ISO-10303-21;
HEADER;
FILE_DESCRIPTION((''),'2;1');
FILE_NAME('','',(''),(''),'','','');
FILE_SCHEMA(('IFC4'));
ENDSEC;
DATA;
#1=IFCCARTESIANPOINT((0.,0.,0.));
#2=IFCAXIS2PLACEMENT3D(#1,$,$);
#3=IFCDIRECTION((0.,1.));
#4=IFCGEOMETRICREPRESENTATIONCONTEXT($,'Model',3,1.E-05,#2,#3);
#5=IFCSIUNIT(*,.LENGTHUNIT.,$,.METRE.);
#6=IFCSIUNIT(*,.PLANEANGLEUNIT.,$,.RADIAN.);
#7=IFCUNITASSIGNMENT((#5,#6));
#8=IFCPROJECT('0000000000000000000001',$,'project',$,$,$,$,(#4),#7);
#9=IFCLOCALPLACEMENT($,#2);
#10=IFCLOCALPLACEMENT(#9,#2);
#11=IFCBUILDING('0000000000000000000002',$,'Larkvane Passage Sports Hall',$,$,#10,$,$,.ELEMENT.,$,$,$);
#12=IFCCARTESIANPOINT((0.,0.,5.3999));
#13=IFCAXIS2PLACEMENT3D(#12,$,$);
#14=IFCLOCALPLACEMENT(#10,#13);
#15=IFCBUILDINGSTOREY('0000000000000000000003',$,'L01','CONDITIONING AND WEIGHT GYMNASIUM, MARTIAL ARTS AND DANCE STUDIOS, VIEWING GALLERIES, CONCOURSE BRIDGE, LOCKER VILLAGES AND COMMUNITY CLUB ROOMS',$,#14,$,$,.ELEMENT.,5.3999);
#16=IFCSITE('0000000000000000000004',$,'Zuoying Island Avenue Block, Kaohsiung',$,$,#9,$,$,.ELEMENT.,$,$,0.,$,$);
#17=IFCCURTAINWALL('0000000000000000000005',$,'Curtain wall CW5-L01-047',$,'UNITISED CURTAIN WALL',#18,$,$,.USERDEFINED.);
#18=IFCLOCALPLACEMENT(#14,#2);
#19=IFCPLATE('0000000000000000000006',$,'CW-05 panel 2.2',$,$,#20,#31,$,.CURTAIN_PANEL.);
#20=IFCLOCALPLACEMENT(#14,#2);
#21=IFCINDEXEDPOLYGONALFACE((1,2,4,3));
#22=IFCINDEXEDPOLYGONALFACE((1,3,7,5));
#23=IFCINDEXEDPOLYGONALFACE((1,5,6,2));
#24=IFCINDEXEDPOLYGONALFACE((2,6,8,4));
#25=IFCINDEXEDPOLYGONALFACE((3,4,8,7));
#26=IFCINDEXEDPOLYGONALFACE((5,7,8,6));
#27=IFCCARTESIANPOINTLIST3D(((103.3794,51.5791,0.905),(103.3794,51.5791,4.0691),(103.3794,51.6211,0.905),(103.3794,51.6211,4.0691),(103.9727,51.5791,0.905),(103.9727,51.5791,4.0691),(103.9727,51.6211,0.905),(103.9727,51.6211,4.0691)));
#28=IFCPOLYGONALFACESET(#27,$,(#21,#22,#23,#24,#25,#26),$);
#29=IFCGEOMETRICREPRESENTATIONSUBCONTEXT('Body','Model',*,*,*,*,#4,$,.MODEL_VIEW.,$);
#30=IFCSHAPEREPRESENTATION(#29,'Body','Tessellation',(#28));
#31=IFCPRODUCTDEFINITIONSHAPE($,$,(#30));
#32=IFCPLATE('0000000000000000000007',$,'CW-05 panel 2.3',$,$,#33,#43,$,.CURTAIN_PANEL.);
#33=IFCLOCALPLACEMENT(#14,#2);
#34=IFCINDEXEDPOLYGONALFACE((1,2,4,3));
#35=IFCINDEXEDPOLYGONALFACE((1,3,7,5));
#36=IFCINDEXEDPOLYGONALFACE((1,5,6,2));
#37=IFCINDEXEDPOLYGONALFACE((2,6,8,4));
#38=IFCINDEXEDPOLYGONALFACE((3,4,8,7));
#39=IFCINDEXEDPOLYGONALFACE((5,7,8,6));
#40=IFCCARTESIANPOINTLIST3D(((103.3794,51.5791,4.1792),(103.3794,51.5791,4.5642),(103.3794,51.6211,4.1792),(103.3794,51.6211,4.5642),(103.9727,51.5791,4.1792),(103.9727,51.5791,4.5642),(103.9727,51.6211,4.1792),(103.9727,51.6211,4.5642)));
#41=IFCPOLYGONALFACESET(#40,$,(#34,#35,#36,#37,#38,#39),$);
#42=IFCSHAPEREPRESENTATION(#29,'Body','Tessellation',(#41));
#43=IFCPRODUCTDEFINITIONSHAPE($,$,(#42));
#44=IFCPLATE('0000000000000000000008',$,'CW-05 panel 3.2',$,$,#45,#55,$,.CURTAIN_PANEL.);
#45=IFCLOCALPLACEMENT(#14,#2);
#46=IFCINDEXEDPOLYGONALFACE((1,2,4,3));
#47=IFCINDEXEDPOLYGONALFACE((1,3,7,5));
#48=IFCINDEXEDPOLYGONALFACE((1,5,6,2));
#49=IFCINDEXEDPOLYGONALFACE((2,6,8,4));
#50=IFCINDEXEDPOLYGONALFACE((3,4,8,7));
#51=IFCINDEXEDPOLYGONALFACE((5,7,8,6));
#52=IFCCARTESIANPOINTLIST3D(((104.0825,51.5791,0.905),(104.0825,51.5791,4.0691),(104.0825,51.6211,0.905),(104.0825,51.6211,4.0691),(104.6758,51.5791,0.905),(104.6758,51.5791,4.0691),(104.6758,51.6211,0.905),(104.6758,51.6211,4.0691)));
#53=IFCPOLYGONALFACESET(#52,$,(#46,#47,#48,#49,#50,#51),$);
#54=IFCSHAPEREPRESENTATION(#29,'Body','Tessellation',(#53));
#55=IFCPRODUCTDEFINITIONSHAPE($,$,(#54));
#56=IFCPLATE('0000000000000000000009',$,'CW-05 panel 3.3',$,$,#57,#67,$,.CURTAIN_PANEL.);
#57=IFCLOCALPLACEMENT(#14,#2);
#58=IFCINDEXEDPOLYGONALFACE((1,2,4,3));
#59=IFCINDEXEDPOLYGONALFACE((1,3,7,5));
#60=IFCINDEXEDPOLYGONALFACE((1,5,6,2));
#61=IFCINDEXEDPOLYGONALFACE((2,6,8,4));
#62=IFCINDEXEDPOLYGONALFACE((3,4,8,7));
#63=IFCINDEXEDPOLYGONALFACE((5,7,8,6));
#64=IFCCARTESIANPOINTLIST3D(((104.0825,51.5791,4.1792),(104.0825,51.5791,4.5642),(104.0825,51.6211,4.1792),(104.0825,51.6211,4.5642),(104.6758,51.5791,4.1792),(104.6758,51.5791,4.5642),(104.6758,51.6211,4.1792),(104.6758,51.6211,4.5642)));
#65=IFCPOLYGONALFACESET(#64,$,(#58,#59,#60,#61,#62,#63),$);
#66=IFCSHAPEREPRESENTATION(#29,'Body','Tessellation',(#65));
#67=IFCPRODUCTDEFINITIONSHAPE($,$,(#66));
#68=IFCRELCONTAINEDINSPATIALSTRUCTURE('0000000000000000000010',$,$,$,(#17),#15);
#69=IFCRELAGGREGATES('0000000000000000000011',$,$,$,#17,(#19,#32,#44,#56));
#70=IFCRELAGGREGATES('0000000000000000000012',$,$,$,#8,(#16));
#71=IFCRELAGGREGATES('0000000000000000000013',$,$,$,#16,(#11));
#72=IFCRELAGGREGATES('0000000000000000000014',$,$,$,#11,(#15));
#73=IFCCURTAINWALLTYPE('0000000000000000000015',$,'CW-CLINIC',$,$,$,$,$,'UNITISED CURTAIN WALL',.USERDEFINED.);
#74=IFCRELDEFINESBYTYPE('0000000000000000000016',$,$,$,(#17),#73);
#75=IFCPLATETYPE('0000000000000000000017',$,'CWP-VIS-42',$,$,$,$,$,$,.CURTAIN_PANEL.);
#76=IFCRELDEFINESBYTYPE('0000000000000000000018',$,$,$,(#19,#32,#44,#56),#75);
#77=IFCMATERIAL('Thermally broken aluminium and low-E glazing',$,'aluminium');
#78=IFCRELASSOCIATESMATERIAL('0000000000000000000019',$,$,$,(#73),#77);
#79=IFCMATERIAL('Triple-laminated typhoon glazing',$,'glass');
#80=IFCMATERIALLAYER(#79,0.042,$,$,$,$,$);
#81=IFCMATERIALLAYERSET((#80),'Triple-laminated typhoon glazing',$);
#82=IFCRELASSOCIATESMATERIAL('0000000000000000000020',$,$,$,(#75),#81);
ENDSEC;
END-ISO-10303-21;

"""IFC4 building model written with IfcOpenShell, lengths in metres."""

from ifc_helpers import new_model, si_unit, direction, frame, origin, origin_2d, place, context, subcontext, project, spatial, rectangle, extrude, material, layer, layer_set, type_object, element, aggregate, save


model = new_model("IFC4")

# Units and contexts
model_context = context("Model", 3, precision=1e-05, world=origin(), true_north=direction((0.0, 1.0)))
body_context = subcontext(model_context, "Body", "Model", "MODEL_VIEW")
ifc_project = project(units=[si_unit("LENGTHUNIT", "METRE"), si_unit("PLANEANGLEUNIT", "RADIAN")], contexts=[model_context])

# Site, building, storey
site_placement = place(None, origin())
site = spatial("IfcSite", under=ifc_project, at=site_placement, Name="Zuoying Island Avenue Block, Kaohsiung", CompositionType="ELEMENT", RefElevation=0.0)
building_placement = place(site_placement, origin())
building = spatial("IfcBuilding", under=site, at=building_placement, Name="Larkvane Passage Sports Hall", CompositionType="ELEMENT")
storey_placement = place(building_placement, frame((0.0, 0.0, 5.3999)))
storey = spatial("IfcBuildingStorey", under=building, at=storey_placement, Name="L01", Description="CONDITIONING AND WEIGHT GYMNASIUM, MARTIAL ARTS AND DANCE STUDIOS, VIEWING GALLERIES, CONCOURSE BRIDGE, LOCKER VILLAGES AND COMMUNITY CLUB ROOMS", CompositionType="ELEMENT", Elevation=5.3999)

# Curtain wall, plates
ifc_material_1 = material(Name="Thermally broken aluminium and low-E glazing", Category="aluminium")
curtain_wall_type = type_object("IfcCurtainWallType", Name="CW-CLINIC", ElementType="UNITISED CURTAIN WALL", PredefinedType="USERDEFINED", material=ifc_material_1)
curtain_wall_placement = place(storey_placement, origin())
curtain_wall = element("IfcCurtainWall", 1, at=curtain_wall_placement, inside=storey, type_object=curtain_wall_type, Name="Curtain wall CW5-L01-047", ObjectType="UNITISED CURTAIN WALL", PredefinedType="USERDEFINED")
ifc_material_2 = material(Name="Triple-laminated typhoon glazing", Category="glass")
ifc_layer_1 = layer(ifc_material_2, 0.042)
ifc_layer_set_1 = layer_set([ifc_layer_1], Name="Triple-laminated typhoon glazing")
plate_type_1 = type_object("IfcPlateType", Name="CWP-VIS-42", PredefinedType="CURTAIN_PANEL", material=ifc_layer_set_1)
plate_1_placement = place(storey_placement, frame((103.676, 51.6001, 0.905), z_axis=(0.0, 0.0, 1.0), x_axis=(1.0, 0.0, 0.0)))
plate_1 = element("IfcPlate", 2, at=plate_1_placement, type_object=plate_type_1, Name="CW-05 panel 2.2", PredefinedType="CURTAIN_PANEL", context=body_context, shape_type="SweptSolid", body=[
    extrude(rectangle(XDim=0.5933, YDim=0.042, at=origin_2d()), origin(), (0.0, 0.0, 1.0), 3.1641),
])
plate_2_placement = place(storey_placement, frame((103.676, 51.6001, 4.1792), z_axis=(0.0, 0.0, 1.0), x_axis=(1.0, 0.0, 0.0)))
plate_2 = element("IfcPlate", 3, at=plate_2_placement, type_object=plate_type_1, Name="CW-05 panel 2.3", PredefinedType="CURTAIN_PANEL", context=body_context, shape_type="SweptSolid", body=[
    extrude(rectangle(XDim=0.5933, YDim=0.042, at=origin_2d()), origin(), (0.0, 0.0, 1.0), 0.385),
])
plate_3_placement = place(storey_placement, frame((104.3792, 51.6001, 0.905), z_axis=(0.0, 0.0, 1.0), x_axis=(1.0, 0.0, 0.0)))
plate_3 = element("IfcPlate", 4, at=plate_3_placement, type_object=plate_type_1, Name="CW-05 panel 3.2", PredefinedType="CURTAIN_PANEL", context=body_context, shape_type="SweptSolid", body=[
    extrude(rectangle(XDim=0.5933, YDim=0.042, at=origin_2d()), origin(), (0.0, 0.0, 1.0), 3.1641),
])
plate_4_placement = place(storey_placement, frame((104.3792, 51.6001, 4.1792), z_axis=(0.0, 0.0, 1.0), x_axis=(1.0, 0.0, 0.0)))
plate_4 = element("IfcPlate", 5, at=plate_4_placement, type_object=plate_type_1, Name="CW-05 panel 3.3", PredefinedType="CURTAIN_PANEL", context=body_context, shape_type="SweptSolid", body=[
    extrude(rectangle(XDim=0.5933, YDim=0.042, at=origin_2d()), origin(), (0.0, 0.0, 1.0), 0.385),
])
aggregate(curtain_wall, [plate_1, plate_2, plate_3, plate_4])

save(model, "model.ifc")
